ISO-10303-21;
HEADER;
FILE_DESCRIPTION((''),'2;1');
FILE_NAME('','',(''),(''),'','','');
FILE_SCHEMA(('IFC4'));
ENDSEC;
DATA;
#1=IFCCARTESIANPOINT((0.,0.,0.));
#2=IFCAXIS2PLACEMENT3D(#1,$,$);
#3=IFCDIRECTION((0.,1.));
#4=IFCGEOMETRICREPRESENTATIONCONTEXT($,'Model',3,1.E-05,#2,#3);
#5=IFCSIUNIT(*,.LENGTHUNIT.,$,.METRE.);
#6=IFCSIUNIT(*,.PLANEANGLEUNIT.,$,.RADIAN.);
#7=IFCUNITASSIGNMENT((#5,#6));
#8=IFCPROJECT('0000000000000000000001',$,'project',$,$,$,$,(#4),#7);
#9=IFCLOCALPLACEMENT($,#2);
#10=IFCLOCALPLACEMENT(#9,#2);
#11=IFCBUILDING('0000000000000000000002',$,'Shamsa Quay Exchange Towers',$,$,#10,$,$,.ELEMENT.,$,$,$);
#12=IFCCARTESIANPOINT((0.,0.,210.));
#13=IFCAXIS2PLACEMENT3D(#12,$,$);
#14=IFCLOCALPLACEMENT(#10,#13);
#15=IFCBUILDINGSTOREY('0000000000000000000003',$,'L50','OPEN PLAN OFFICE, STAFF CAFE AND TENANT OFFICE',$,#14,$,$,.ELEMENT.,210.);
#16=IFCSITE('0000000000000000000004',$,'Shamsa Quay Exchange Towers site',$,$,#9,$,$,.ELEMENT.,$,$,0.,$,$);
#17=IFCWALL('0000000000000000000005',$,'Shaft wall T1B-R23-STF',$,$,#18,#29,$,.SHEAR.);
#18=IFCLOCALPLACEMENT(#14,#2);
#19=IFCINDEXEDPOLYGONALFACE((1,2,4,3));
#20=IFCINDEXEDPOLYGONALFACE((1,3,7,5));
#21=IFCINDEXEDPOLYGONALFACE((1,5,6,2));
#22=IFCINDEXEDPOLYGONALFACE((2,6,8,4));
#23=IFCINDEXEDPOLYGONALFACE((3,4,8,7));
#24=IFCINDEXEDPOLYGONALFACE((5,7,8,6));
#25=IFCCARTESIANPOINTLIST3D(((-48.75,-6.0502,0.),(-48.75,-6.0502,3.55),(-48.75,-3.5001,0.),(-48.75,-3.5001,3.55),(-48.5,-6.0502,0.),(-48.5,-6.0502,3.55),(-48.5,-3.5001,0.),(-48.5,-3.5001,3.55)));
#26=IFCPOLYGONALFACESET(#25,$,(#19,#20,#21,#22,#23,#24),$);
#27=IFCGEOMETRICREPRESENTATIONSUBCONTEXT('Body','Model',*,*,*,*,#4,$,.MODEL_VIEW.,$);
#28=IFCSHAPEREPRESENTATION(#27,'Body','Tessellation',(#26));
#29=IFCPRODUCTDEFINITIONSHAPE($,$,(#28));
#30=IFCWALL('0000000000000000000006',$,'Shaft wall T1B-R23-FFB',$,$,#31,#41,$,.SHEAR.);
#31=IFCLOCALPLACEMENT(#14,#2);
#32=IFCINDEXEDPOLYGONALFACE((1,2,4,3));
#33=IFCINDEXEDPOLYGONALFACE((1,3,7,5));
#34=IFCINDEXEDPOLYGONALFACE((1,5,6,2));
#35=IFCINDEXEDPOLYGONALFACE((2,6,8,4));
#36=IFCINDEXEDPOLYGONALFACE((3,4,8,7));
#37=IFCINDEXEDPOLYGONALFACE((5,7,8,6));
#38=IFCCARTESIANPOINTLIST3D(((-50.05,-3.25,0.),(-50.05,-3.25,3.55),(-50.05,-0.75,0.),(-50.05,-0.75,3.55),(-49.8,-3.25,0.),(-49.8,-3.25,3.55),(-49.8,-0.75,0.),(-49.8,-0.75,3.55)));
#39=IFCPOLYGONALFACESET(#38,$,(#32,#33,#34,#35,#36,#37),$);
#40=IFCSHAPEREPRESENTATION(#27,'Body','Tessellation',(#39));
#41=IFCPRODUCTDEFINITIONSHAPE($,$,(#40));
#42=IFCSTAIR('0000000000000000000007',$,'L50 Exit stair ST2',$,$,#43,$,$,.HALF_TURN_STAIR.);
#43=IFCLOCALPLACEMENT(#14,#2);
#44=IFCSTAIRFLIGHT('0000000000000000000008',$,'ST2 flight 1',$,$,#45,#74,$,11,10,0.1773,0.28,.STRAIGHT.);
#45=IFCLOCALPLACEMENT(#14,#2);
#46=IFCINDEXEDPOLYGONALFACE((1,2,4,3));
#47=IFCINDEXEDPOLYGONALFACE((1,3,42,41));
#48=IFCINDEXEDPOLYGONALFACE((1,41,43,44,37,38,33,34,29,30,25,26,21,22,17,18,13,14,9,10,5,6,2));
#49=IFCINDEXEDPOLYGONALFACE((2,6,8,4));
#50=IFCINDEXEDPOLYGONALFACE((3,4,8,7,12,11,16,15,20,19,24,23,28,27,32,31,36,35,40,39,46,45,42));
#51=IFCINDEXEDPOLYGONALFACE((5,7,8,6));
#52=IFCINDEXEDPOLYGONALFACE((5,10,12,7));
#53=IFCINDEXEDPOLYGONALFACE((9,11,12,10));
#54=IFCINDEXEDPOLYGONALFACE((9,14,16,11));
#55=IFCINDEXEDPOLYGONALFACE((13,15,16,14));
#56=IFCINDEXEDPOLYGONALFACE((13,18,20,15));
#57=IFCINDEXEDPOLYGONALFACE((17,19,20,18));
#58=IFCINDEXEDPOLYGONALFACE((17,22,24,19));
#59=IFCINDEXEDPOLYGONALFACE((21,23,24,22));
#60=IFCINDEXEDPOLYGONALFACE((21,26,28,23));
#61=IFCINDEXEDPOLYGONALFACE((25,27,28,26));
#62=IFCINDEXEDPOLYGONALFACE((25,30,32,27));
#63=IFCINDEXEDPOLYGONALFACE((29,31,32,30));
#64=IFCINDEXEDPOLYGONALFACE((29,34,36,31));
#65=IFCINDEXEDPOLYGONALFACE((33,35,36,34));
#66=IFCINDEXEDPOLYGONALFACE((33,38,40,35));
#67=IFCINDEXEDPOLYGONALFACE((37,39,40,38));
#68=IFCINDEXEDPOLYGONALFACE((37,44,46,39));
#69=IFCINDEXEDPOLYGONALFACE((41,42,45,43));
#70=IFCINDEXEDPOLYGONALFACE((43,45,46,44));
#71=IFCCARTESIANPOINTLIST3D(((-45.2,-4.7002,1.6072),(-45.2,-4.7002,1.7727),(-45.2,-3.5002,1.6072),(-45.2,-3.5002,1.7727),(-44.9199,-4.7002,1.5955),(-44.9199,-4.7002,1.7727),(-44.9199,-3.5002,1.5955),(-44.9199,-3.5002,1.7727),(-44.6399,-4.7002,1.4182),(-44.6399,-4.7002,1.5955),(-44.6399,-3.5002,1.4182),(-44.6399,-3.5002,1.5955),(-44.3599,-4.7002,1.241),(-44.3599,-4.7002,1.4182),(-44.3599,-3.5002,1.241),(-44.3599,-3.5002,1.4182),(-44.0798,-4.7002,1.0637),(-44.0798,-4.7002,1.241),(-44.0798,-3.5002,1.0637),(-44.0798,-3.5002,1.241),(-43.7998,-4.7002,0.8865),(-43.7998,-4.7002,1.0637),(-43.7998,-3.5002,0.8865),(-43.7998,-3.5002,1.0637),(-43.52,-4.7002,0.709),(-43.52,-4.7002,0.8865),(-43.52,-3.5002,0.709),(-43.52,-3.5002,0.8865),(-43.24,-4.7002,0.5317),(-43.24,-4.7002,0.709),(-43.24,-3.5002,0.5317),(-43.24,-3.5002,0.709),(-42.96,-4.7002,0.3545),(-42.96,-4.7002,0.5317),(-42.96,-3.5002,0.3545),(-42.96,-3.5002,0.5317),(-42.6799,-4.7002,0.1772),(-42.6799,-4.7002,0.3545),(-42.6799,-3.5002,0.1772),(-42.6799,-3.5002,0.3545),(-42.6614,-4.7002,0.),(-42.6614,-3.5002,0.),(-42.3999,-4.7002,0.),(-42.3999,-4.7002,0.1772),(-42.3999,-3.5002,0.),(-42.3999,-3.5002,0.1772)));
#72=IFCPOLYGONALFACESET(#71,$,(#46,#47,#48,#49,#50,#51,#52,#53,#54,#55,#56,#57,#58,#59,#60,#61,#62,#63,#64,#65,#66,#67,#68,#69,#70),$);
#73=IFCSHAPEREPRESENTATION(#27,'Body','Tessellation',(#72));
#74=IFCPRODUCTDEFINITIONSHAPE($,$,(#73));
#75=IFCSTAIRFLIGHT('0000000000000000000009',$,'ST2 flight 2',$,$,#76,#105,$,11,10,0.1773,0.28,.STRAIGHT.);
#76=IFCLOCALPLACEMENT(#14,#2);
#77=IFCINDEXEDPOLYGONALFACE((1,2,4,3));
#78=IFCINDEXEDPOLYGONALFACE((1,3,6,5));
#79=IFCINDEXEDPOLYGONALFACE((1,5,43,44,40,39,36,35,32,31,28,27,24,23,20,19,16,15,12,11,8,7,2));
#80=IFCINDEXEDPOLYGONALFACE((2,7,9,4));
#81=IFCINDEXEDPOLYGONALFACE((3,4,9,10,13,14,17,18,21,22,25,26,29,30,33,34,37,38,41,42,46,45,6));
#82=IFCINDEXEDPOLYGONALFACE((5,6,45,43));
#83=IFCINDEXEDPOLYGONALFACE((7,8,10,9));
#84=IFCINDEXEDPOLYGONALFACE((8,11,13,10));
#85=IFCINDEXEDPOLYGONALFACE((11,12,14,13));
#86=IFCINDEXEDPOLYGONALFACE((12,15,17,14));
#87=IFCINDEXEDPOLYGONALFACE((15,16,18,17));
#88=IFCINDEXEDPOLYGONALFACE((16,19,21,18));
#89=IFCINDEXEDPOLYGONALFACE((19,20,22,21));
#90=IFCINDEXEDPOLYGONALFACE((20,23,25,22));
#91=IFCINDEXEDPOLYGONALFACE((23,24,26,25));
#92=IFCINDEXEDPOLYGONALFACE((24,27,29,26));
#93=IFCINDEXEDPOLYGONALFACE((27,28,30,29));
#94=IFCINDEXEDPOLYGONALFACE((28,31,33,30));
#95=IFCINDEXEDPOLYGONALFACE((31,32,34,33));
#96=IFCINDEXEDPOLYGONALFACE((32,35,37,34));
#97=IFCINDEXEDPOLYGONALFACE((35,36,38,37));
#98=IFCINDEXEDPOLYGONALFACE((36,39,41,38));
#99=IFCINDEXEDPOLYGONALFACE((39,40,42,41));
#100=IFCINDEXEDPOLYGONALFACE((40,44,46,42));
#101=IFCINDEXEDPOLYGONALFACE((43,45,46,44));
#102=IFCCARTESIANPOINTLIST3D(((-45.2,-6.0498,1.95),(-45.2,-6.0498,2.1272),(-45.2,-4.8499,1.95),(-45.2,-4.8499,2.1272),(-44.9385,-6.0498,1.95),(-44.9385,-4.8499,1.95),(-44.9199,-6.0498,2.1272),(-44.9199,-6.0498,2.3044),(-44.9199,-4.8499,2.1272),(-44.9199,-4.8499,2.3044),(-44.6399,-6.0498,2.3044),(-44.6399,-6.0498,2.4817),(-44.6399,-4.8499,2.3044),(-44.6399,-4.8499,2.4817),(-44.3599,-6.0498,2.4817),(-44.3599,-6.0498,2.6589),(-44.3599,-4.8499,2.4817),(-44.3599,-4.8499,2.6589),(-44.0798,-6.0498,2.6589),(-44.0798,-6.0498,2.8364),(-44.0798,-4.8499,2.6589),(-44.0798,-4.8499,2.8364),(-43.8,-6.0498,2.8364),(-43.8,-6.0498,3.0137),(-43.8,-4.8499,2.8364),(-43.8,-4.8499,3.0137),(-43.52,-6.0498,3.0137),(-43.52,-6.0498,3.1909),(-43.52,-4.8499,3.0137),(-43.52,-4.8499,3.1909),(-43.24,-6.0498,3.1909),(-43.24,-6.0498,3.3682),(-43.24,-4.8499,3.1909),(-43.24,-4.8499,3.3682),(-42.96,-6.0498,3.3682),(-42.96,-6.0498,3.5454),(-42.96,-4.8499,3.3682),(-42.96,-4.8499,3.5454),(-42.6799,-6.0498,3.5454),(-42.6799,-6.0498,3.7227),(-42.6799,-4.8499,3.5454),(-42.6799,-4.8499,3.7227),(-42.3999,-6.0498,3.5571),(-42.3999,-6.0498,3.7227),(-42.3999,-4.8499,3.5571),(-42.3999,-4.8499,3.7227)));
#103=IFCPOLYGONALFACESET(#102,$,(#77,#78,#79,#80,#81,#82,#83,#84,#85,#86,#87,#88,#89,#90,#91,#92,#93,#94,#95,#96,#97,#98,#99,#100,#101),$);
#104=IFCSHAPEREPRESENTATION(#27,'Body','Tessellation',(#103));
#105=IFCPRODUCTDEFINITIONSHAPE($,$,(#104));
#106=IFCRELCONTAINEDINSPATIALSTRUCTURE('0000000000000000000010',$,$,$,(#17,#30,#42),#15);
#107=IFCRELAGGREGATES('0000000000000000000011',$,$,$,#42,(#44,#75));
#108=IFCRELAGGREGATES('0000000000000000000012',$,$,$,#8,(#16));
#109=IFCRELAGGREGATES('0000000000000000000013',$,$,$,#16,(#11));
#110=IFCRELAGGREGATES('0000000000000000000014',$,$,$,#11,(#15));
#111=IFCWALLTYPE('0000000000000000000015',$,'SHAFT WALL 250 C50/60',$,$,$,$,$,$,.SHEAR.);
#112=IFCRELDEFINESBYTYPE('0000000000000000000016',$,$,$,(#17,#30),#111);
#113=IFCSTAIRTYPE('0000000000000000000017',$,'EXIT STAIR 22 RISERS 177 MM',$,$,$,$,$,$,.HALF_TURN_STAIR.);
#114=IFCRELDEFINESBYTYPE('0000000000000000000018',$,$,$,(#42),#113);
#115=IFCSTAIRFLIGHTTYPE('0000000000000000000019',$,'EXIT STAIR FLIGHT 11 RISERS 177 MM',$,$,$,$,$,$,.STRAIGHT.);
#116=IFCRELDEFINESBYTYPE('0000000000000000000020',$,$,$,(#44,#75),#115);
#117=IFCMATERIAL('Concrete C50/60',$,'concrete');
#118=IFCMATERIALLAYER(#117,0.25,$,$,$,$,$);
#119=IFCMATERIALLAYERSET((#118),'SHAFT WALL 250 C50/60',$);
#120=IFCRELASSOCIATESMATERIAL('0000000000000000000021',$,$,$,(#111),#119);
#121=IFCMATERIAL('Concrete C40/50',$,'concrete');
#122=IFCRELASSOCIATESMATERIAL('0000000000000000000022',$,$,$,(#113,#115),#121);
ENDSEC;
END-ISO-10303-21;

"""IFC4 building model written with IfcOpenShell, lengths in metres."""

from ifc_helpers import new_model, si_unit, direction, frame, frame_2d, origin, place, context, subcontext, project, spatial, polyline, rectangle, outline, extrude, material, layer, layer_set, type_object, element, aggregate, save


model = new_model("IFC4")

# Units and contexts
model_context = context("Model", 3, precision=1e-05, world=origin(), true_north=direction((0.0, 1.0)))
body_context = subcontext(model_context, "Body", "Model", "MODEL_VIEW")
ifc_project = project(units=[si_unit("LENGTHUNIT", "METRE"), si_unit("PLANEANGLEUNIT", "RADIAN")], contexts=[model_context])

# Site, building, storey
site_placement = place(None, origin())
site = spatial("IfcSite", under=ifc_project, at=site_placement, Name="Shamsa Quay Exchange Towers site", CompositionType="ELEMENT", RefElevation=0.0)
building_placement = place(site_placement, origin())
building = spatial("IfcBuilding", under=site, at=building_placement, Name="Shamsa Quay Exchange Towers", CompositionType="ELEMENT")
storey_placement = place(building_placement, frame((0.0, 0.0, 210.0)))
storey = spatial("IfcBuildingStorey", under=building, at=storey_placement, Name="L50", Description="OPEN PLAN OFFICE, STAFF CAFE AND TENANT OFFICE", CompositionType="ELEMENT", Elevation=210.0)

# Wall
ifc_material_1 = material(Name="Concrete C50/60", Category="concrete")
ifc_layer_1 = layer(ifc_material_1, 0.25)
ifc_layer_set_1 = layer_set([ifc_layer_1], Name="SHAFT WALL 250 C50/60")
wall_type_1 = type_object("IfcWallType", Name="SHAFT WALL 250 C50/60", PredefinedType="SHEAR", material=ifc_layer_set_1)
wall_1_placement = place(storey_placement, frame((-48.625, -6.05, 0.0), z_axis=(0.0, 0.0, 1.0), x_axis=(0.0, 1.0, 0.0)))
element("IfcWall", 1, at=wall_1_placement, inside=storey, type_object=wall_type_1, Name="Shaft wall T1B-R23-STF", PredefinedType="SHEAR", context=body_context, shape_type="SweptSolid", body=[
    extrude(rectangle(XDim=2.55, YDim=0.25, at=frame_2d((1.2749, 0.0))), origin(), (0.0, 0.0, 1.0), 3.55),
])

# Wall
wall_2_placement = place(storey_placement, frame((-49.925, -3.25, 0.0), z_axis=(0.0, 0.0, 1.0), x_axis=(0.0, 1.0, 0.0)))
element("IfcWall", 2, at=wall_2_placement, inside=storey, type_object=wall_type_1, Name="Shaft wall T1B-R23-FFB", PredefinedType="SHEAR", context=body_context, shape_type="SweptSolid", body=[
    extrude(rectangle(XDim=2.5, YDim=0.25, at=frame_2d((1.25, 0.0))), origin(), (0.0, 0.0, 1.0), 3.55),
])

# Stair, stair flights
ifc_material_2 = material(Name="Concrete C40/50", Category="concrete")
stair_type = type_object("IfcStairType", Name="EXIT STAIR 22 RISERS 177 MM", PredefinedType="HALF_TURN_STAIR", material=ifc_material_2)
stair_placement = place(storey_placement, origin())
stair = element("IfcStair", 3, at=stair_placement, inside=storey, type_object=stair_type, Name="L50 Exit stair ST2", PredefinedType="HALF_TURN_STAIR")
stair_flight_type = type_object("IfcStairFlightType", Name="EXIT STAIR FLIGHT 11 RISERS 177 MM", PredefinedType="STRAIGHT", material=ifc_material_2)
stair_flight_1_placement = place(storey_placement, frame((-42.3999, -4.1001, 0.0), z_axis=(0.0, 0.0, 1.0), x_axis=(-1.0, 0.0, 0.0)))
stair_flight_1 = element("IfcStairFlight", 4, at=stair_flight_1_placement, type_object=stair_flight_type, Name="ST2 flight 1", NumberOfRisers=11, NumberOfTreads=10, PredefinedType="STRAIGHT", RiserHeight=0.1773, TreadLength=0.28, context=body_context, shape_type="SweptSolid", body=[
    extrude(outline(polyline([(0.0, 0.0), (0.0, 0.1772), (0.28, 0.1772), (0.28, 0.3545), (0.5601, 0.3545), (0.5601, 0.5317), (0.8401, 0.5317), (0.8401, 0.709), (1.1201, 0.709), (1.1201, 0.8865), (1.3999, 0.8865), (1.3999, 1.0637), (1.6799, 1.0637), (1.6799, 1.241), (1.96, 1.241), (1.96, 1.4182), (2.24, 1.4182), (2.24, 1.5955), (2.52, 1.5955), (2.52, 1.7727), (2.8, 1.7727), (2.8, 1.95), (2.8, 1.6072), (0.2615, 0.0), (0.0, 0.0)])), frame((0.0, 0.6001, 0.0), z_axis=(0.0, -1.0, 0.0), x_axis=(1.0, 0.0, 0.0)), (0.0, 0.0, 1.0), 1.2),
])
stair_flight_2_placement = place(storey_placement, frame((-45.2, -5.45, 1.95)))
stair_flight_2 = element("IfcStairFlight", 5, at=stair_flight_2_placement, type_object=stair_flight_type, Name="ST2 flight 2", NumberOfRisers=11, NumberOfTreads=10, PredefinedType="STRAIGHT", RiserHeight=0.1773, TreadLength=0.28, context=body_context, shape_type="SweptSolid", body=[
    extrude(outline(polyline([(0.0, 0.0), (0.0, 0.1772), (0.28, 0.1772), (0.28, 0.3545), (0.5601, 0.3545), (0.5601, 0.5317), (0.8401, 0.5317), (0.8401, 0.709), (1.1201, 0.709), (1.1201, 0.8865), (1.3999, 0.8865), (1.3999, 1.0637), (1.6799, 1.0637), (1.6799, 1.241), (1.96, 1.241), (1.96, 1.4182), (2.24, 1.4182), (2.24, 1.5955), (2.52, 1.5955), (2.52, 1.7727), (2.8, 1.7727), (2.8, 1.95), (2.8, 1.6072), (0.2615, 0.0), (0.0, 0.0)])), frame((0.0, 0.6001, 0.0), z_axis=(0.0, -1.0, 0.0), x_axis=(1.0, 0.0, 0.0)), (0.0, 0.0, 1.0), 1.2),
])
aggregate(stair, [stair_flight_1, stair_flight_2])

save(model, "model.ifc")
